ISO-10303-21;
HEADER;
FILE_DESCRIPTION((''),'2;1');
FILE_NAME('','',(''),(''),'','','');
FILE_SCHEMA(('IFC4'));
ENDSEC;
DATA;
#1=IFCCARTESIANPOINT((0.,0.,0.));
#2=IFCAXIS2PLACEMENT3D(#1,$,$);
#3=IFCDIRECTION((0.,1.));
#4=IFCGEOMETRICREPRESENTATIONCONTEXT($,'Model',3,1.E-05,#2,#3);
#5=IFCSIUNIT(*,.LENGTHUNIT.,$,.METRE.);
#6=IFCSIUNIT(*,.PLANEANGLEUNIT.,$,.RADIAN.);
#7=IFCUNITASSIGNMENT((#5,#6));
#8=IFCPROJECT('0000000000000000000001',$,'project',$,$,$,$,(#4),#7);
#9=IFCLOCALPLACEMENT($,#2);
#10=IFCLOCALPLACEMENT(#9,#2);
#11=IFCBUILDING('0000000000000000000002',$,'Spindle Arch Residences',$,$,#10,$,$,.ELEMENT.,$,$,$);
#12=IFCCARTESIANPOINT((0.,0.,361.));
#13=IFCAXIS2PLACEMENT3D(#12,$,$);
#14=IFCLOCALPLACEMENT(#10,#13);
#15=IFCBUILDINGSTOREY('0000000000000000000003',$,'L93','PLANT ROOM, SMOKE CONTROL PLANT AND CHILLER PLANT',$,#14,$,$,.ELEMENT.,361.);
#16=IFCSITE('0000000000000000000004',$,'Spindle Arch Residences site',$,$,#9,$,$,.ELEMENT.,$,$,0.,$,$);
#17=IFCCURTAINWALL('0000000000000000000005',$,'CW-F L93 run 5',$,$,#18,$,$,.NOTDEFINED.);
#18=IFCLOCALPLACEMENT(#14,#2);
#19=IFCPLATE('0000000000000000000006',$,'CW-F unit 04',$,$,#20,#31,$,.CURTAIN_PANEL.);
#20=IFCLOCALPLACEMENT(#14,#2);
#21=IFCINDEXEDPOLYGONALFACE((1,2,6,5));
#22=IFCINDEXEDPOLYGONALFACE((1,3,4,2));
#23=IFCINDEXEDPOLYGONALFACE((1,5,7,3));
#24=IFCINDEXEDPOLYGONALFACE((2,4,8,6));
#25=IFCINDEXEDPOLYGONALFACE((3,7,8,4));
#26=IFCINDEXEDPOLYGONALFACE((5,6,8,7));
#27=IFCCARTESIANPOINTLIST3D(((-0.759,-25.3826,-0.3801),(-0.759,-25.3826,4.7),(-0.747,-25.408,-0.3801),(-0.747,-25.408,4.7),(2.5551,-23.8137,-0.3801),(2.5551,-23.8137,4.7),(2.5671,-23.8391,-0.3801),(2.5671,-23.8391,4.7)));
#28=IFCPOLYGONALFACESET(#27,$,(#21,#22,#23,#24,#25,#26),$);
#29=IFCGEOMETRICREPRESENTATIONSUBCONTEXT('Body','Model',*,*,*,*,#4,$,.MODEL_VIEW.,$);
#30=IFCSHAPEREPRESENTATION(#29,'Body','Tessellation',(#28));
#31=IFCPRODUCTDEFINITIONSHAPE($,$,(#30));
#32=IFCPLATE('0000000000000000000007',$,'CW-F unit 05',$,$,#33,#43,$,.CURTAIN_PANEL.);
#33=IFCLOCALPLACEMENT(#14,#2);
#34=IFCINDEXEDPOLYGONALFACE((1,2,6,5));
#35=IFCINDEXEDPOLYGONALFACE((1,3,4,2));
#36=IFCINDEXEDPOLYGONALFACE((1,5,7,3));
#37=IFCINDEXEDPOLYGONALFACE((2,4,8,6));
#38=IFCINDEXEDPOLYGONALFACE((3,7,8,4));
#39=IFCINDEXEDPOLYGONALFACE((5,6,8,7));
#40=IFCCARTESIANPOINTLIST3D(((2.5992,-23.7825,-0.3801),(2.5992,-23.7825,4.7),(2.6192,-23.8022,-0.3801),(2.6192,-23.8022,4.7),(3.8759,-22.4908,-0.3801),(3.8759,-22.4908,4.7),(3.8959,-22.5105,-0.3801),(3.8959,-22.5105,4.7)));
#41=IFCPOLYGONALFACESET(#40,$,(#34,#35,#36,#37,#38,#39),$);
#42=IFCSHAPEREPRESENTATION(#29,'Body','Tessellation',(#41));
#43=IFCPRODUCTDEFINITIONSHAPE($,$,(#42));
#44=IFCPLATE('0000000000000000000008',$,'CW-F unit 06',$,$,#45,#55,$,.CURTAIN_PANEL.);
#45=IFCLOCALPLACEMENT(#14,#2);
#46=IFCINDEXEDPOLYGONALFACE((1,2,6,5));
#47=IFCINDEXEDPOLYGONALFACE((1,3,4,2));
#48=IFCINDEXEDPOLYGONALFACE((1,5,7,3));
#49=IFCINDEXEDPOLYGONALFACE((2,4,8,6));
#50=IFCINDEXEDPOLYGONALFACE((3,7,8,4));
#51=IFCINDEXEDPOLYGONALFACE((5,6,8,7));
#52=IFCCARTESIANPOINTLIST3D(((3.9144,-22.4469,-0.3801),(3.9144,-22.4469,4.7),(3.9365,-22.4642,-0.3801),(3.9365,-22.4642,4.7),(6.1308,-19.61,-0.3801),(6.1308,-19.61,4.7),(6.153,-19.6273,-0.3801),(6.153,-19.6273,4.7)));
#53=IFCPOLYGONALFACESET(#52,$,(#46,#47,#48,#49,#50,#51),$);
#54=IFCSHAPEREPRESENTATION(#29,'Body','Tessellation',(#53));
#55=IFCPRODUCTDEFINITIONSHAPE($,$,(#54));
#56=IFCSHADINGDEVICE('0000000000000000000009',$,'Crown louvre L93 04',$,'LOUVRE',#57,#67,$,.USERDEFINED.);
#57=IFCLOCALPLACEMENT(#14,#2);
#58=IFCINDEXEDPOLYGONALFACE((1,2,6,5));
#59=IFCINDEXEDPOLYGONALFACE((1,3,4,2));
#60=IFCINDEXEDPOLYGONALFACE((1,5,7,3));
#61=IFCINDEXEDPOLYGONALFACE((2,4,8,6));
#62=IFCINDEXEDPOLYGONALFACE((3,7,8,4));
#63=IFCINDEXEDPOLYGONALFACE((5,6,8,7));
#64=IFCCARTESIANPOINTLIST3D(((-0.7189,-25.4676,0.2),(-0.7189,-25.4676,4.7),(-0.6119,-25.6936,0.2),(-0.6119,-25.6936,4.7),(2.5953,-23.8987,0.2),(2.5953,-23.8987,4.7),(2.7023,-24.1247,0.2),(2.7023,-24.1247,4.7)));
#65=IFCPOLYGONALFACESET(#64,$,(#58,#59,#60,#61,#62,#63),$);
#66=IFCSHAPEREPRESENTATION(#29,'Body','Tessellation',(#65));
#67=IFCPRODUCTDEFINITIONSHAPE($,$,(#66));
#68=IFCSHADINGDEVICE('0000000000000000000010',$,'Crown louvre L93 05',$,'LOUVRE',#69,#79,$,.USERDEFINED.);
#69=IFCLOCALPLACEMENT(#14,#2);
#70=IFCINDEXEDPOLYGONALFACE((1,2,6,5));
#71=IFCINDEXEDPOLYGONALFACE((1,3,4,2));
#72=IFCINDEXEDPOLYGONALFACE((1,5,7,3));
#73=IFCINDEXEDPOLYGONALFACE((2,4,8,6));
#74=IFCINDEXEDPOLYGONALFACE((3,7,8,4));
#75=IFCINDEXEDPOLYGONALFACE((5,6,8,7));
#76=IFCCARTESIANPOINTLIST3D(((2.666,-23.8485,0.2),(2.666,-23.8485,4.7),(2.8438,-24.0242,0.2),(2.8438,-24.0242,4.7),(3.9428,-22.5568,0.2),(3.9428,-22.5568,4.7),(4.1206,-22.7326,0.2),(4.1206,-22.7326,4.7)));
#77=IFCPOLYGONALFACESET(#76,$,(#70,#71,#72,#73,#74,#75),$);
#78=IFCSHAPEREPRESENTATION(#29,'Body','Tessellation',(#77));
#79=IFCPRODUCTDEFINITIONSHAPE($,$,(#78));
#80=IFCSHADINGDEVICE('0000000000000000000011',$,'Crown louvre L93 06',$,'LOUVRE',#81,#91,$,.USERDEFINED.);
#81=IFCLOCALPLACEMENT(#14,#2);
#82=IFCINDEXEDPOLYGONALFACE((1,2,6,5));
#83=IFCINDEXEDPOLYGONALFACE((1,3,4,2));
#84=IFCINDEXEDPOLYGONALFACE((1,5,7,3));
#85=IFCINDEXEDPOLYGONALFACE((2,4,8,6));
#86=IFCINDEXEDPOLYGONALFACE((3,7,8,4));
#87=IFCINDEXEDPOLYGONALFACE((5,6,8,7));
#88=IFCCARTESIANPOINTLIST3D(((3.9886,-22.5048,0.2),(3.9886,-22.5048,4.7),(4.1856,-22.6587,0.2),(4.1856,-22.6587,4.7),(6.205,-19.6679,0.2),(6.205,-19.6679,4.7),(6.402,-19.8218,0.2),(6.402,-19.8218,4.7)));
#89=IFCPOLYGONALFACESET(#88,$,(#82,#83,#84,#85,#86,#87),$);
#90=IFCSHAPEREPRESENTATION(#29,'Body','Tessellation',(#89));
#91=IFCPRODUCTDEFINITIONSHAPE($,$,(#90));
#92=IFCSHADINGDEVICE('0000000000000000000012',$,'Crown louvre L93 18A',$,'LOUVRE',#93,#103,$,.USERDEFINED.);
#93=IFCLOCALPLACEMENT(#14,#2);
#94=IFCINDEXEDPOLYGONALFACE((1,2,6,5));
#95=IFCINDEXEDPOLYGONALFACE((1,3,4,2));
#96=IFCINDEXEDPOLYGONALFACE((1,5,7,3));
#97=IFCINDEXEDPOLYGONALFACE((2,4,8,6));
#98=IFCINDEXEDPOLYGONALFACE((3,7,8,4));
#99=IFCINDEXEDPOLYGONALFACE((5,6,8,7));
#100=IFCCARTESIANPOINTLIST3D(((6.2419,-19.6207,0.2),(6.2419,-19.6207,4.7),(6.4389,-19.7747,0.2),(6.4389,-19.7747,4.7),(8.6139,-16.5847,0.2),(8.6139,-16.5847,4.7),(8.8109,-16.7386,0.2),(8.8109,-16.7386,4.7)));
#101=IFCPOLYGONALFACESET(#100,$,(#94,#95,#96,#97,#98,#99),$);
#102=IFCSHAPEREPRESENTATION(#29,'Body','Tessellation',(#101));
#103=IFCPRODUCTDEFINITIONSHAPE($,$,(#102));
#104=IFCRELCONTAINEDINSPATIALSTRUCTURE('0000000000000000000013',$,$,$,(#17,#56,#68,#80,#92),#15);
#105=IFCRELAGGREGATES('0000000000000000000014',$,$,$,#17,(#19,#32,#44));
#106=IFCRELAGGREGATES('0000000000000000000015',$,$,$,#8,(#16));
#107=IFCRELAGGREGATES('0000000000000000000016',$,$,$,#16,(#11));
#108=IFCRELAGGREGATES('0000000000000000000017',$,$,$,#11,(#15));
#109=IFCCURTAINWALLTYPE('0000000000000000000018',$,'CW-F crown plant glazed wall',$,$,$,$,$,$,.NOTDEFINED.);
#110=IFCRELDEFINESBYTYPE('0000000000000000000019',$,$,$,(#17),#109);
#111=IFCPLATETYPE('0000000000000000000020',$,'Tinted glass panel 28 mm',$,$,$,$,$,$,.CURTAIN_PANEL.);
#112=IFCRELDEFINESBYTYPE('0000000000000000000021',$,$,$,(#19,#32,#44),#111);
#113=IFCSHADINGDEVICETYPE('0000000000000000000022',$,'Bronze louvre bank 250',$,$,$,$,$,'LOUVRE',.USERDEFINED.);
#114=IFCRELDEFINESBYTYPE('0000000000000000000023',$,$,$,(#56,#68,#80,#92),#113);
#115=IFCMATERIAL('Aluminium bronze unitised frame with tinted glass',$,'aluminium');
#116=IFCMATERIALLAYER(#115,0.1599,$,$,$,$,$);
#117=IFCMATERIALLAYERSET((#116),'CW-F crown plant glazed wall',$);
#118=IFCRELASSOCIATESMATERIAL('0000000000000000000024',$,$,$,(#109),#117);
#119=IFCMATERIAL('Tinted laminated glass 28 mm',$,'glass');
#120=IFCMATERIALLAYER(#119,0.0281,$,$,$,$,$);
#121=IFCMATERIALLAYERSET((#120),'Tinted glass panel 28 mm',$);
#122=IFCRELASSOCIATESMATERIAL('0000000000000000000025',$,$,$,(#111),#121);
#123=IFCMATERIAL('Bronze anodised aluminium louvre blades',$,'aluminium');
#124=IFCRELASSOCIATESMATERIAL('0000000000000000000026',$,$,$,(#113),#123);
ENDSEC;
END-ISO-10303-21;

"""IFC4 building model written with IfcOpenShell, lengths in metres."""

from ifc_helpers import new_model, si_unit, direction, frame, origin, origin_2d, place, context, subcontext, project, spatial, rectangle, extrude, material, layer, layer_set, type_object, element, aggregate, save


model = new_model("IFC4")

# Units and contexts
model_context = context("Model", 3, precision=1e-05, world=origin(), true_north=direction((0.0, 1.0)))
body_context = subcontext(model_context, "Body", "Model", "MODEL_VIEW")
ifc_project = project(units=[si_unit("LENGTHUNIT", "METRE"), si_unit("PLANEANGLEUNIT", "RADIAN")], contexts=[model_context])

# Site, building, storey
site_placement = place(None, origin())
site = spatial("IfcSite", under=ifc_project, at=site_placement, Name="Spindle Arch Residences site", CompositionType="ELEMENT", RefElevation=0.0)
building_placement = place(site_placement, origin())
building = spatial("IfcBuilding", under=site, at=building_placement, Name="Spindle Arch Residences", CompositionType="ELEMENT")
storey_placement = place(building_placement, frame((0.0, 0.0, 361.0)))
storey = spatial("IfcBuildingStorey", under=building, at=storey_placement, Name="L93", Description="PLANT ROOM, SMOKE CONTROL PLANT AND CHILLER PLANT", CompositionType="ELEMENT", Elevation=361.0)

# Curtain wall
ifc_material_1 = material(Name="Aluminium bronze unitised frame with tinted glass", Category="aluminium")
ifc_layer_1 = layer(ifc_material_1, 0.1599)
ifc_layer_set_1 = layer_set([ifc_layer_1], Name="CW-F crown plant glazed wall")
curtain_wall_type = type_object("IfcCurtainWallType", Name="CW-F crown plant glazed wall", PredefinedType="NOTDEFINED", material=ifc_layer_set_1)
curtain_wall_1_placement = place(storey_placement, origin())
curtain_wall_1 = element("IfcCurtainWall", 1, at=curtain_wall_1_placement, inside=storey, type_object=curtain_wall_type, Name="CW-F L93 run 5", PredefinedType="NOTDEFINED")

# Plates
ifc_material_2 = material(Name="Tinted laminated glass 28 mm", Category="glass")
ifc_layer_2 = layer(ifc_material_2, 0.0281)
ifc_layer_set_2 = layer_set([ifc_layer_2], Name="Tinted glass panel 28 mm")
plate_type = type_object("IfcPlateType", Name="Tinted glass panel 28 mm", PredefinedType="CURTAIN_PANEL", material=ifc_layer_set_2)
plate_1_placement = place(storey_placement, frame((0.9041, -24.6108, -0.3801), z_axis=(0.0, 0.0, 1.0), x_axis=(0.903834, 0.427884, 0.0)))
plate_1 = element("IfcPlate", 2, at=plate_1_placement, type_object=plate_type, Name="CW-F unit 04", PredefinedType="CURTAIN_PANEL", context=body_context, shape_type="SweptSolid", body=[
    extrude(rectangle(XDim=3.6667, YDim=0.0281, at=origin_2d()), origin(), (0.0, 0.0, 1.0), 5.0801),
])
plate_2_placement = place(storey_placement, frame((3.2476, -23.1465, -0.3801), z_axis=(0.0, 0.0, 1.0), x_axis=(0.702981, 0.711209, 0.0)))
plate_2 = element("IfcPlate", 3, at=plate_2_placement, type_object=plate_type, Name="CW-F unit 05", PredefinedType="CURTAIN_PANEL", context=body_context, shape_type="SweptSolid", body=[
    extrude(rectangle(XDim=1.8162, YDim=0.0281, at=origin_2d()), origin(), (0.0, 0.0, 1.0), 5.0801),
])
plate_3_placement = place(storey_placement, frame((5.0337, -21.0371, -0.3801), z_axis=(0.0, 0.0, 1.0), x_axis=(0.615661, 0.788011, 0.0)))
plate_3 = element("IfcPlate", 4, at=plate_3_placement, type_object=plate_type, Name="CW-F unit 06", PredefinedType="CURTAIN_PANEL", context=body_context, shape_type="SweptSolid", body=[
    extrude(rectangle(XDim=3.6001, YDim=0.0281, at=origin_2d()), origin(), (0.0, 0.0, 1.0), 5.0801),
])
aggregate(curtain_wall_1, [plate_1, plate_2, plate_3])

# Shading devices
ifc_material_3 = material(Name="Bronze anodised aluminium louvre blades", Category="aluminium")
shading_device_type = type_object("IfcShadingDeviceType", Name="Bronze louvre bank 250", ElementType="LOUVRE", PredefinedType="USERDEFINED", material=ifc_material_3)
shading_device_1_placement = place(storey_placement, frame((0.9917, -24.7961, 0.2), z_axis=(0.0, 0.0, 1.0), x_axis=(0.903834, 0.427884, 0.0)))
element("IfcShadingDevice", 5, at=shading_device_1_placement, inside=storey, type_object=shading_device_type, Name="Crown louvre L93 04", ObjectType="LOUVRE", PredefinedType="USERDEFINED", context=body_context, shape_type="SweptSolid", body=[
    extrude(rectangle(XDim=3.6667, YDim=0.25, at=origin_2d()), origin(), (0.0, 0.0, 1.0), 4.5),
])
shading_device_2_placement = place(storey_placement, frame((3.3933, -23.2905, 0.2), z_axis=(0.0, 0.0, 1.0), x_axis=(0.702981, 0.711209, 0.0)))
element("IfcShadingDevice", 6, at=shading_device_2_placement, inside=storey, type_object=shading_device_type, Name="Crown louvre L93 05", ObjectType="LOUVRE", PredefinedType="USERDEFINED", context=body_context, shape_type="SweptSolid", body=[
    extrude(rectangle(XDim=1.8162, YDim=0.25, at=origin_2d()), origin(), (0.0, 0.0, 1.0), 4.5),
])
shading_device_3_placement = place(storey_placement, frame((5.1953, -21.1633, 0.2), z_axis=(0.0, 0.0, 1.0), x_axis=(0.615661, 0.788011, 0.0)))
element("IfcShadingDevice", 7, at=shading_device_3_placement, inside=storey, type_object=shading_device_type, Name="Crown louvre L93 06", ObjectType="LOUVRE", PredefinedType="USERDEFINED", context=body_context, shape_type="SweptSolid", body=[
    extrude(rectangle(XDim=3.6001, YDim=0.25, at=origin_2d()), origin(), (0.0, 0.0, 1.0), 4.5),
])
shading_device_4_placement = place(storey_placement, frame((7.5264, -18.1797, 0.2), z_axis=(0.0, 0.0, 1.0), x_axis=(0.615661, 0.788011, 0.0)))
element("IfcShadingDevice", 8, at=shading_device_4_placement, inside=storey, type_object=shading_device_type, Name="Crown louvre L93 18A", ObjectType="LOUVRE", PredefinedType="USERDEFINED", context=body_context, shape_type="SweptSolid", body=[
    extrude(rectangle(XDim=3.8528, YDim=0.25, at=origin_2d()), origin(), (0.0, 0.0, 1.0), 4.5),
])

save(model, "model.ifc")
